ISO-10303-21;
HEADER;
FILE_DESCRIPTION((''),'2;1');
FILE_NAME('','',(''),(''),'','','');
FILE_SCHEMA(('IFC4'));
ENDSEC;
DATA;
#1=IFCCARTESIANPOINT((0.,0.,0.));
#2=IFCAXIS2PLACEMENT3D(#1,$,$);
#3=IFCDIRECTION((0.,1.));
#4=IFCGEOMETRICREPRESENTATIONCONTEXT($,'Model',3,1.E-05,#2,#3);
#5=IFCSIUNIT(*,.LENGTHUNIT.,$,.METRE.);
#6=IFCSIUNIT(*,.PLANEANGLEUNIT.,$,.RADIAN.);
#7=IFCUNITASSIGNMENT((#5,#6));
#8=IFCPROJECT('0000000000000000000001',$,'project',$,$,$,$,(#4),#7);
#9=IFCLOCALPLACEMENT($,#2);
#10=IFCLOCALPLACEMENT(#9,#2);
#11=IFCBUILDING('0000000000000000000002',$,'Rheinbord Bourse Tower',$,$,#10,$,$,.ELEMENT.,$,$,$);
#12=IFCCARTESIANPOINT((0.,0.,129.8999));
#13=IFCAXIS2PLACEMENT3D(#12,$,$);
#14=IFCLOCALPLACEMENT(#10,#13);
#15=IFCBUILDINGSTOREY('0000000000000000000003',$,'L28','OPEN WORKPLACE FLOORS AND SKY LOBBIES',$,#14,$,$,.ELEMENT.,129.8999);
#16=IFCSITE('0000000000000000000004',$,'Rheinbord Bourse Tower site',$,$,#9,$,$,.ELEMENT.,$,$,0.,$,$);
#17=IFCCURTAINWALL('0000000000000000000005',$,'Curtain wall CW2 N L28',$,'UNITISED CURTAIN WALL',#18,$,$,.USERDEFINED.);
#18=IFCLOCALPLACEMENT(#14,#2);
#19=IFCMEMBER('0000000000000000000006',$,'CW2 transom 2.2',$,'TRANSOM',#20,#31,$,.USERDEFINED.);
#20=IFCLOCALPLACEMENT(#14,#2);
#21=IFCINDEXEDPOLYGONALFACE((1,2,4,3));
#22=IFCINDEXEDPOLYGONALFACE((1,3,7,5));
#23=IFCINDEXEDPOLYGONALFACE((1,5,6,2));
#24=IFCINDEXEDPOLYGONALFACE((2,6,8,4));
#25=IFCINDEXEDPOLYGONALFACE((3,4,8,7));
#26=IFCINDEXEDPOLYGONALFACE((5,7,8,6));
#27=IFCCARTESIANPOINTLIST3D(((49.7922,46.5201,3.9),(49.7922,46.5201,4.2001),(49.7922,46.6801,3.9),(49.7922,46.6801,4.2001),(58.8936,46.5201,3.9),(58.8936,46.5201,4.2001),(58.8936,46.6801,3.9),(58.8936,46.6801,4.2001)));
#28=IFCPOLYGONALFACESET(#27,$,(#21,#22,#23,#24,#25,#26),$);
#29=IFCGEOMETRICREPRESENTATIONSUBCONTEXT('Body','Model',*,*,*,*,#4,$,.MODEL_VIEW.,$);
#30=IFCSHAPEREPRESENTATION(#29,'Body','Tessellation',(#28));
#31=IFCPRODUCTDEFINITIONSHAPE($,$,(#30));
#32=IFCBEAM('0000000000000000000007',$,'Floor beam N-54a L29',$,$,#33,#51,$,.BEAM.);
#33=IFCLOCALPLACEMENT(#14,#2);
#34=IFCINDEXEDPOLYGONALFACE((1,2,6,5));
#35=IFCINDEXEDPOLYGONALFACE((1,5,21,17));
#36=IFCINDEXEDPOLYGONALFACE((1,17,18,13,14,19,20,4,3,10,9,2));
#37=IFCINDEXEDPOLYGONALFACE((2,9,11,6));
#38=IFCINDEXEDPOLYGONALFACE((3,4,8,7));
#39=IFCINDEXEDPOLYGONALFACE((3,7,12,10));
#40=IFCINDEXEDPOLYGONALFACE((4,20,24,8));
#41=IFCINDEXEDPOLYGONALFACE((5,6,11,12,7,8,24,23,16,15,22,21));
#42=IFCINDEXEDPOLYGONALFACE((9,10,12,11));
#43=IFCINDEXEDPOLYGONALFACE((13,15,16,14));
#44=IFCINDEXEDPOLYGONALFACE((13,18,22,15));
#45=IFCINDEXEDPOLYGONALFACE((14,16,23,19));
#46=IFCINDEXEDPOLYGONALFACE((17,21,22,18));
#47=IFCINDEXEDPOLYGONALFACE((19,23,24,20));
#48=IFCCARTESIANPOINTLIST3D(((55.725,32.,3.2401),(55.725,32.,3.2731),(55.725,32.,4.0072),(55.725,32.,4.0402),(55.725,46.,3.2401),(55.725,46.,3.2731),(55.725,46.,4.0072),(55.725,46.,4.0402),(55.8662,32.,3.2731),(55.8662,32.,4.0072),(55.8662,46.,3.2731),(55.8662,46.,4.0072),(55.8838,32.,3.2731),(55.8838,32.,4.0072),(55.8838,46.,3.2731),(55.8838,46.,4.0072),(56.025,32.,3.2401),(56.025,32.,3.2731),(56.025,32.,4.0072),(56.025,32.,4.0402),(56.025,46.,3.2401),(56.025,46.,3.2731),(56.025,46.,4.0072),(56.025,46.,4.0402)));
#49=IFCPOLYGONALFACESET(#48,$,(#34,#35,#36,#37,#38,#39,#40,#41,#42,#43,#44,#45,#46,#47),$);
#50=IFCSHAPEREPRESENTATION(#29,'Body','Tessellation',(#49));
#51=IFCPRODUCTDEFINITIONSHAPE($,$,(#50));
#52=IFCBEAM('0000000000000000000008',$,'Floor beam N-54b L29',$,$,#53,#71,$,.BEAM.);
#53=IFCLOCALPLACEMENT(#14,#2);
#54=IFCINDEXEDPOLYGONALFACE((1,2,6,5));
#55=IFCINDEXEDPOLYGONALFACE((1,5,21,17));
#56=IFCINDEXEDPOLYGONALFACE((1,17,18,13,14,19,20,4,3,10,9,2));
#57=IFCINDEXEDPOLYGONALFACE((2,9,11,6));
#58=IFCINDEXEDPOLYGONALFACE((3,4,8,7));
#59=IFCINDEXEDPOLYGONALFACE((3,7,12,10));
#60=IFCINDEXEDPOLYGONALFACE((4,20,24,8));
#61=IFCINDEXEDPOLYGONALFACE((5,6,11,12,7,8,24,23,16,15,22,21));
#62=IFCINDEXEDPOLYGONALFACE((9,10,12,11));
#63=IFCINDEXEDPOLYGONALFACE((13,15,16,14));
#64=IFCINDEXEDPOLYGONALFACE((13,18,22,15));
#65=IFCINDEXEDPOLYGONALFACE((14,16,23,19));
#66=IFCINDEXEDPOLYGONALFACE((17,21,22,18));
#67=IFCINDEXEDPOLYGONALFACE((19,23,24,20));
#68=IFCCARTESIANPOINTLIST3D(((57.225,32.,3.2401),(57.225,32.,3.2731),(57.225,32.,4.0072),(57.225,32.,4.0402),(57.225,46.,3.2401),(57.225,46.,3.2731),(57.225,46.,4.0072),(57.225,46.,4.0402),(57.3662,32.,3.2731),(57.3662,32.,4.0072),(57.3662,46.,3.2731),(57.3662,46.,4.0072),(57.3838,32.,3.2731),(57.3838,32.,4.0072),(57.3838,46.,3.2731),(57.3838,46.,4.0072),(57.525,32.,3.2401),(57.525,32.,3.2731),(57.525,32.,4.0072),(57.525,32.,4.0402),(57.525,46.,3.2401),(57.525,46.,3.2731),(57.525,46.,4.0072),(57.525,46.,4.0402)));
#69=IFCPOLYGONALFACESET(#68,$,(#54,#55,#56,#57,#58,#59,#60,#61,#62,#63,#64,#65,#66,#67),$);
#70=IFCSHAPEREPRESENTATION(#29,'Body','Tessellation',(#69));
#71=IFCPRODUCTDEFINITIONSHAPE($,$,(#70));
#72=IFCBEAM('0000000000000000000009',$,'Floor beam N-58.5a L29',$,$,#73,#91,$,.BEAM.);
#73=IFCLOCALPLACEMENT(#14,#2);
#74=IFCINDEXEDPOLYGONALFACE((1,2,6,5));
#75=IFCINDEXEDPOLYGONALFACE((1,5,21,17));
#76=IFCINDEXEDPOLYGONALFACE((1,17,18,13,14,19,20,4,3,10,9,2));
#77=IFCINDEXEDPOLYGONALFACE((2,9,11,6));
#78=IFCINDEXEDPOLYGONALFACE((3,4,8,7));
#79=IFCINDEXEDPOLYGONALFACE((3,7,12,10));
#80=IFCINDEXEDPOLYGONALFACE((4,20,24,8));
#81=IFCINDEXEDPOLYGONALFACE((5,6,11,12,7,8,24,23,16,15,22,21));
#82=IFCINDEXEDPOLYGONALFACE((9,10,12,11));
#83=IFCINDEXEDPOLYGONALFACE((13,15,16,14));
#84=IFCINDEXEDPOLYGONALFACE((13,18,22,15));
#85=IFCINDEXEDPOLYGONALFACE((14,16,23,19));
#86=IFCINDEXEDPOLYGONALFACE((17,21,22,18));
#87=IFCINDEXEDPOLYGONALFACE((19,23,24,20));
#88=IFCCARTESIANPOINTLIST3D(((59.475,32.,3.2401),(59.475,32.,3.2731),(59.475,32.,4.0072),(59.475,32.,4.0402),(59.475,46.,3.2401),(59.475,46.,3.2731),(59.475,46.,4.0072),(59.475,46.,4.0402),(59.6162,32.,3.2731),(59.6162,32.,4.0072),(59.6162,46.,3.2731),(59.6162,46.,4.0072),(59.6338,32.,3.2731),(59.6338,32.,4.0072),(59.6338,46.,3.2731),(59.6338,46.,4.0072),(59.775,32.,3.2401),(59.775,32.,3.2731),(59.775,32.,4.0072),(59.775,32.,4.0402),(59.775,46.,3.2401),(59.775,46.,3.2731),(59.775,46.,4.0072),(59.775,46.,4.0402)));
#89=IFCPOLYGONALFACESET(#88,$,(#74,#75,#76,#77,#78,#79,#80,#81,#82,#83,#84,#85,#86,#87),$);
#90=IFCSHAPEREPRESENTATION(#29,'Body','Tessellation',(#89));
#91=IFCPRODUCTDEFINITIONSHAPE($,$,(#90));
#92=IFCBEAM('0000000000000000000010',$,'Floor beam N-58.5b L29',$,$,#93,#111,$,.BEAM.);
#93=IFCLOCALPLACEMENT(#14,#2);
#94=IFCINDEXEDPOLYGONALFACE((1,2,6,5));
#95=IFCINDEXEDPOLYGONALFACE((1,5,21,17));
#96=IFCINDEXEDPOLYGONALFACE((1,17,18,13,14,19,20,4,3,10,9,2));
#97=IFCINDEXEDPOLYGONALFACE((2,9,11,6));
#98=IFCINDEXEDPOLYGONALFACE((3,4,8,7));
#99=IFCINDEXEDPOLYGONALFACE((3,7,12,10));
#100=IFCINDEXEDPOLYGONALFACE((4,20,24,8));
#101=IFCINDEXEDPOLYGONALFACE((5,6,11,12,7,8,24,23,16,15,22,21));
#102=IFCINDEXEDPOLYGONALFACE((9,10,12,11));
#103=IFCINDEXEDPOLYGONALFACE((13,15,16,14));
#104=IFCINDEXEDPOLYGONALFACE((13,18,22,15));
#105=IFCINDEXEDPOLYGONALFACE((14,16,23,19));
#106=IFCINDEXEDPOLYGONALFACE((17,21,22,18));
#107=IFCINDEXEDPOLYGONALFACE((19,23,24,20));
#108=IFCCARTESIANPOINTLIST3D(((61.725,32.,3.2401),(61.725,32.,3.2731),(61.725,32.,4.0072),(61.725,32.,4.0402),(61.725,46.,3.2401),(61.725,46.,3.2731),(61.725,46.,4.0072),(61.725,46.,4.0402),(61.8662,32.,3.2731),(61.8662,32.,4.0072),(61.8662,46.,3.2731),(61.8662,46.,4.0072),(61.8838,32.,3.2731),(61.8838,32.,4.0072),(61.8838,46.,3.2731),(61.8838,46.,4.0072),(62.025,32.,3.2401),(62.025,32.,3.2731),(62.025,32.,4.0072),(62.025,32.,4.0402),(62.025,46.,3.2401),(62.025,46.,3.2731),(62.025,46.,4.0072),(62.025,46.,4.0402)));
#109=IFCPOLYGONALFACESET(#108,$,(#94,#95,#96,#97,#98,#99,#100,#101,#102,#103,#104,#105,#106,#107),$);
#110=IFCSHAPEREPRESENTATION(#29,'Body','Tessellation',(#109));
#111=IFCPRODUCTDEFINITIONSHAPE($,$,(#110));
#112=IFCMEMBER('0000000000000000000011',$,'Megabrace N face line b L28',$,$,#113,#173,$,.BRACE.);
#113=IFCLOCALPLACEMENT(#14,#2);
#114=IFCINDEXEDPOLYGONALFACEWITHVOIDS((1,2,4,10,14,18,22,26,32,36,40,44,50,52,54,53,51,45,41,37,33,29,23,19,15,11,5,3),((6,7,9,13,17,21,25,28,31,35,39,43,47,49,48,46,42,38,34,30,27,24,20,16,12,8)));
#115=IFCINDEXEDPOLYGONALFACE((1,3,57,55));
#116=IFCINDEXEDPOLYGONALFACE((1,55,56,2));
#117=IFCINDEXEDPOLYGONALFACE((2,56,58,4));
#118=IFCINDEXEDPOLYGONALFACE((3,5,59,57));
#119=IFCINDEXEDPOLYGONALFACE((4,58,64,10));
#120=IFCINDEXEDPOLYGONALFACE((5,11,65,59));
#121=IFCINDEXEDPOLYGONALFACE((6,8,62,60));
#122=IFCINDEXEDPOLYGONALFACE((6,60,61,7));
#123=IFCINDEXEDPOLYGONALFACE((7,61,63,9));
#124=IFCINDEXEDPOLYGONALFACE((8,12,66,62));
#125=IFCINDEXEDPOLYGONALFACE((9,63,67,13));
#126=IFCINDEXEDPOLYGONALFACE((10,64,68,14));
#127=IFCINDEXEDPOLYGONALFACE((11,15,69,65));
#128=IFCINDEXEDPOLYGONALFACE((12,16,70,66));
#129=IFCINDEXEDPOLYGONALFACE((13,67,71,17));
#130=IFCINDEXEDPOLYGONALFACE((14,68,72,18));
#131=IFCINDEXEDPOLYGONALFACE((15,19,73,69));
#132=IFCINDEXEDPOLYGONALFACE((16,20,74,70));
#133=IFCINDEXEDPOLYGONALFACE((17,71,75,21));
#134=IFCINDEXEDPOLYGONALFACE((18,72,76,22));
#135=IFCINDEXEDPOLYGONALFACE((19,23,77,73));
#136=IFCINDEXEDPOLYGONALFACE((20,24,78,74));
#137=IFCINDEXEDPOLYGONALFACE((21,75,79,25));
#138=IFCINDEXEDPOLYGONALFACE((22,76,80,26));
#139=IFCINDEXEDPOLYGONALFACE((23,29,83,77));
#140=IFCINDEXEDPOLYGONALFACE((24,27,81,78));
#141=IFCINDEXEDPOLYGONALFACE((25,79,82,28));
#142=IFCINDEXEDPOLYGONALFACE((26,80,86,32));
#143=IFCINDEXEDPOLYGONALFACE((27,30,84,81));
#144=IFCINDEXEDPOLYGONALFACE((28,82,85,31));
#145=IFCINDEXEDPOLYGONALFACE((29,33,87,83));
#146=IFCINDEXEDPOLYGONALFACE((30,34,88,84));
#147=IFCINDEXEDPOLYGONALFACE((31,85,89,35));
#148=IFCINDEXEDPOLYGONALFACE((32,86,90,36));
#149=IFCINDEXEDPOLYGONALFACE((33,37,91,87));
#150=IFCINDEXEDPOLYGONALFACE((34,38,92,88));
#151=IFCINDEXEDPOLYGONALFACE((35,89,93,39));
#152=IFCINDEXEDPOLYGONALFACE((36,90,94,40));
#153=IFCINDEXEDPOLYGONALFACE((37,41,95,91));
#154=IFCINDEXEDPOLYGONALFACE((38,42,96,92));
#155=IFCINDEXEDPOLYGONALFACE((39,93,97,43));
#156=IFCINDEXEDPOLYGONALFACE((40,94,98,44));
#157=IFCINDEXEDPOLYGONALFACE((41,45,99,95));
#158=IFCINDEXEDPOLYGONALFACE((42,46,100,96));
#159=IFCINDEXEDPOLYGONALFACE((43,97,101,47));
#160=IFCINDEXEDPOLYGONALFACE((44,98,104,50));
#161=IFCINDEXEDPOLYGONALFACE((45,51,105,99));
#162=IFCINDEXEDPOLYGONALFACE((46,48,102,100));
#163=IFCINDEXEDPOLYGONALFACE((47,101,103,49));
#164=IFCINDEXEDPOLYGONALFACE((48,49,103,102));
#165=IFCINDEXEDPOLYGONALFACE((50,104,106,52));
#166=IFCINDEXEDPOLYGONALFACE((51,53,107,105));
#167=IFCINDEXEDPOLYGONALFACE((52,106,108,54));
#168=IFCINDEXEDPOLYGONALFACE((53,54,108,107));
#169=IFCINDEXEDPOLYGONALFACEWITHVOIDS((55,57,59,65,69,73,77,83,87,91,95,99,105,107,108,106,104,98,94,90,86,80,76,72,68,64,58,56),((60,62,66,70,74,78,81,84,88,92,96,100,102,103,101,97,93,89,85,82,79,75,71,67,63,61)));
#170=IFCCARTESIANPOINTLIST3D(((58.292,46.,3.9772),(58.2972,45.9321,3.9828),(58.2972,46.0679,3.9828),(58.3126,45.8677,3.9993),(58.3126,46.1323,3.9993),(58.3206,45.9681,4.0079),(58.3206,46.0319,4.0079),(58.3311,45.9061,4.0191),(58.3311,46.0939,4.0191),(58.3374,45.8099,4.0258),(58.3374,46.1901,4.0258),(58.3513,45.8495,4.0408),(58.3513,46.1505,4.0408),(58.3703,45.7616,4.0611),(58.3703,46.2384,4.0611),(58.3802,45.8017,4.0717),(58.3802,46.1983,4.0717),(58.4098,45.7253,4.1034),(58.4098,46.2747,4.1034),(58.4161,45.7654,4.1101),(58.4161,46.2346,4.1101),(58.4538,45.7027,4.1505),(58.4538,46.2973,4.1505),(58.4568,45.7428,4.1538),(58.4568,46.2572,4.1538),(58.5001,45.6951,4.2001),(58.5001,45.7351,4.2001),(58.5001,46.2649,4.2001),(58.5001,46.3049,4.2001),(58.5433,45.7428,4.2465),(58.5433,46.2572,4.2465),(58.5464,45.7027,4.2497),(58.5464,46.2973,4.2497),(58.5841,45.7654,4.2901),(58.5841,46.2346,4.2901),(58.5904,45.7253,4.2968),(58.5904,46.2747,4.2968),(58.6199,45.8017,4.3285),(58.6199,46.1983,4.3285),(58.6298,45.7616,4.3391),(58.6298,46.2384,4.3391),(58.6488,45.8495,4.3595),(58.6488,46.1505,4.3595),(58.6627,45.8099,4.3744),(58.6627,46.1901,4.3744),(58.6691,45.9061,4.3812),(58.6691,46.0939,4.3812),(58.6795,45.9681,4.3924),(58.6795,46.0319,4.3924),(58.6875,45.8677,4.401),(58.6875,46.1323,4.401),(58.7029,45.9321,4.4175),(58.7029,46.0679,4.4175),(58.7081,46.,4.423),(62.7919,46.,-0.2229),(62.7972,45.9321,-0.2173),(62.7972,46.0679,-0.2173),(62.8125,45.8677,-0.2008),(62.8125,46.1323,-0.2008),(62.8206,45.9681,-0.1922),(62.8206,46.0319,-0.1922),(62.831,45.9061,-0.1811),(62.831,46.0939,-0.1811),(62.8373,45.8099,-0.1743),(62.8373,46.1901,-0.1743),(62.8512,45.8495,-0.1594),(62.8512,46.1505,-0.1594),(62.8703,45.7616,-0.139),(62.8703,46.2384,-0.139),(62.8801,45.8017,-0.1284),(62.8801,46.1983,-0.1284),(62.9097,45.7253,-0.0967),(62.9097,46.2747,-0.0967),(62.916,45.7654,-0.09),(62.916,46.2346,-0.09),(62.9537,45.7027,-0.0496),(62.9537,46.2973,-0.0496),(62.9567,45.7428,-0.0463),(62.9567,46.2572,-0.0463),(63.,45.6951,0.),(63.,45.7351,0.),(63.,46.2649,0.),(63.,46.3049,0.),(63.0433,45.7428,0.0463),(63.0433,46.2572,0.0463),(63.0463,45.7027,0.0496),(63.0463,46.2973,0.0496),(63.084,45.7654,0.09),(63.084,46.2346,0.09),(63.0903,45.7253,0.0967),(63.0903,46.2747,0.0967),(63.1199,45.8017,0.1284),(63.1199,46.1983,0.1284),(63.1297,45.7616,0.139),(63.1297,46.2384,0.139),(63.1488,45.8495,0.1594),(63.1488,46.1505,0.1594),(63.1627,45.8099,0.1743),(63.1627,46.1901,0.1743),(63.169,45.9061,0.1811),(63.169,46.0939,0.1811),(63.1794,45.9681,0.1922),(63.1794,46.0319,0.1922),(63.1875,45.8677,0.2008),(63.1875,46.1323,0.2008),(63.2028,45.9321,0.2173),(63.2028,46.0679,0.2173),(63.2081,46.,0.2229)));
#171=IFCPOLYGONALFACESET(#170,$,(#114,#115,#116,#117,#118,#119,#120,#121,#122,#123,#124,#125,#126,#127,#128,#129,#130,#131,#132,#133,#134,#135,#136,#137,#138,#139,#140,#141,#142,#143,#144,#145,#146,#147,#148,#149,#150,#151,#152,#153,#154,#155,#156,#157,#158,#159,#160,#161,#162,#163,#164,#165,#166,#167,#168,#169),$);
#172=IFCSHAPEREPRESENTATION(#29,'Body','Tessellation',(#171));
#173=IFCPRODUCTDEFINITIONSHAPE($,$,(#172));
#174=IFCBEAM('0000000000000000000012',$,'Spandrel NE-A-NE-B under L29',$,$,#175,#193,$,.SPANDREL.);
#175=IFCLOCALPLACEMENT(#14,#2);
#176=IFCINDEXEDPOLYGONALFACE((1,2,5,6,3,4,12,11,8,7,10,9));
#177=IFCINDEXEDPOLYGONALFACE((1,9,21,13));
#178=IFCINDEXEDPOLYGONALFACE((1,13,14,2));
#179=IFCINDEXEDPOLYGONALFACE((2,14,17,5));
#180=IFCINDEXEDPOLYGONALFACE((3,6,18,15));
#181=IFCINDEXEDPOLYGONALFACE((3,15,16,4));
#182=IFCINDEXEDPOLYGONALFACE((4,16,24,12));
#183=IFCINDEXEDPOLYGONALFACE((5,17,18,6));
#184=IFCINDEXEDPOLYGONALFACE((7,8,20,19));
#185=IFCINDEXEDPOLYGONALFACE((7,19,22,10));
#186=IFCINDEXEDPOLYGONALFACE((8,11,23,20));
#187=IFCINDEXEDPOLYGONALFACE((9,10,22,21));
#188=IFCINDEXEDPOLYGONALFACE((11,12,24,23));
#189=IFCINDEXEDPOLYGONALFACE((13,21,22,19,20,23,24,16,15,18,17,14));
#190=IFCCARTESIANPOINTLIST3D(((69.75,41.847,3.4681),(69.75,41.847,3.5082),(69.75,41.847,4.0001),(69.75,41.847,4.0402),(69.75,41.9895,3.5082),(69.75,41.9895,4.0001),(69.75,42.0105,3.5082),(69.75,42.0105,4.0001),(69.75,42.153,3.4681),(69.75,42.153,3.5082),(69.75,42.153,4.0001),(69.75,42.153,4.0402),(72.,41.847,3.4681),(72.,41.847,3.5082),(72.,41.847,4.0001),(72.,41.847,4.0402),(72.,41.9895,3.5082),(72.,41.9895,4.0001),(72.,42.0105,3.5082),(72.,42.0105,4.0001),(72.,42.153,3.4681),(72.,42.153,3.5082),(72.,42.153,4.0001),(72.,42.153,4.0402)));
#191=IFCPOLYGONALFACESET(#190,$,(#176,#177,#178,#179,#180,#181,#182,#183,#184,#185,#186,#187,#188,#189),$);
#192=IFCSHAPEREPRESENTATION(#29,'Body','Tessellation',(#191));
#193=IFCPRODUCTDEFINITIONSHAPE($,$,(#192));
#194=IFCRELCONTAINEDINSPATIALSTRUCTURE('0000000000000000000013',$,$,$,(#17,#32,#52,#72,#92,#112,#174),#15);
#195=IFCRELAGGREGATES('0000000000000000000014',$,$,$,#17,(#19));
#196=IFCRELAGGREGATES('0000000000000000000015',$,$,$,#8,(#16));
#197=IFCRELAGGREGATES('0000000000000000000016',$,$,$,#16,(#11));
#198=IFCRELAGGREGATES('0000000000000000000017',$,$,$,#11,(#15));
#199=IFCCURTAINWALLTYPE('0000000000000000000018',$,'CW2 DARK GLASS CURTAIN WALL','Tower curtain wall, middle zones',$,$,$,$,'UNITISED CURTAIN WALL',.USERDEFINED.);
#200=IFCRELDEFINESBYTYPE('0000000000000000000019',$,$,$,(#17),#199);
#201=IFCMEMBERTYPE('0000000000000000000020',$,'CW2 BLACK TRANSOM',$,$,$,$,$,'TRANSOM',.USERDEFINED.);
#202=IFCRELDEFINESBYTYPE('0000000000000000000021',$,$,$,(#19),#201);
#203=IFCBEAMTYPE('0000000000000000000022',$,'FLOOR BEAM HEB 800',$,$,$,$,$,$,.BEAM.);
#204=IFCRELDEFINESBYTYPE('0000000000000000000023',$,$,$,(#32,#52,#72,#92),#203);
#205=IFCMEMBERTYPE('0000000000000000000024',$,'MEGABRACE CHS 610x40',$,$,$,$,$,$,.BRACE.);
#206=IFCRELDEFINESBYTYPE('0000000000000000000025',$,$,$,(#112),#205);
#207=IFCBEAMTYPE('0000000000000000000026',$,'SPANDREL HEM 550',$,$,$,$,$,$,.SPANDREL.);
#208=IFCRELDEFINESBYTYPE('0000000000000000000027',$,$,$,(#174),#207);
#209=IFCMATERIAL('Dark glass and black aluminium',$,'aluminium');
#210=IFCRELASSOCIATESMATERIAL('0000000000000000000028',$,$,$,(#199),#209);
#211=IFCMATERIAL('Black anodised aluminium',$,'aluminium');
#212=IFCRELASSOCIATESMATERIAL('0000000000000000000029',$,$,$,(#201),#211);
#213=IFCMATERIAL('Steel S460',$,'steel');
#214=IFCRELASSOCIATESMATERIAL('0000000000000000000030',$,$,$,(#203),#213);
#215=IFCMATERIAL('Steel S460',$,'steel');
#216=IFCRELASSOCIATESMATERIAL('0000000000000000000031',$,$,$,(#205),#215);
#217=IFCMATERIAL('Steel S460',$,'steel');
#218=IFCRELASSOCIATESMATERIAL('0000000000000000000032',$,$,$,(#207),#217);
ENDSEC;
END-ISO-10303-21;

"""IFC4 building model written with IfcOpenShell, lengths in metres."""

from ifc_helpers import new_model, si_unit, direction, frame, origin, origin_2d, place, context, subcontext, project, spatial, rectangle, hollow_circle, i_section, extrude, material, material_profile, profile_set, type_object, element, aggregate, save


model = new_model("IFC4")

# Units and contexts
model_context = context("Model", 3, precision=1e-05, world=origin(), true_north=direction((0.0, 1.0)))
body_context = subcontext(model_context, "Body", "Model", "MODEL_VIEW")
ifc_project = project(units=[si_unit("LENGTHUNIT", "METRE"), si_unit("PLANEANGLEUNIT", "RADIAN")], contexts=[model_context])

# Site, building, storey
site_placement = place(None, origin())
site = spatial("IfcSite", under=ifc_project, at=site_placement, Name="Rheinbord Bourse Tower site", CompositionType="ELEMENT", RefElevation=0.0)
building_placement = place(site_placement, origin())
building = spatial("IfcBuilding", under=site, at=building_placement, Name="Rheinbord Bourse Tower", CompositionType="ELEMENT")
storey_placement = place(building_placement, frame((0.0, 0.0, 129.8999)))
storey = spatial("IfcBuildingStorey", under=building, at=storey_placement, Name="L28", Description="OPEN WORKPLACE FLOORS AND SKY LOBBIES", CompositionType="ELEMENT", Elevation=129.8999)

# Curtain wall
ifc_material_1 = material(Name="Dark glass and black aluminium", Category="aluminium")
curtain_wall_type = type_object("IfcCurtainWallType", Name="CW2 DARK GLASS CURTAIN WALL", Description="Tower curtain wall, middle zones", ElementType="UNITISED CURTAIN WALL", PredefinedType="USERDEFINED", material=ifc_material_1)
curtain_wall_1_placement = place(storey_placement, origin())
curtain_wall_1 = element("IfcCurtainWall", 1, at=curtain_wall_1_placement, inside=storey, type_object=curtain_wall_type, Name="Curtain wall CW2 N L28", ObjectType="UNITISED CURTAIN WALL", PredefinedType="USERDEFINED")

# Member
ifc_material_2 = material(Name="Black anodised aluminium", Category="aluminium")
ifc_material_profile_1 = material_profile(ifc_material_2, rectangle(XDim=0.1599, YDim=0.3, at=origin_2d()), Name="CW2 TRANSOM 300x160")
ifc_profile_set_1 = profile_set([ifc_material_profile_1], Name="Black anodised aluminium")
member_type_1 = type_object("IfcMemberType", Name="CW2 BLACK TRANSOM", ElementType="TRANSOM", PredefinedType="USERDEFINED", material=ifc_profile_set_1)
member_1_placement = place(storey_placement, frame((58.8936, 46.6001, 4.05), z_axis=(-1.0, 0.0, 0.0), x_axis=(0.0, -1.0, 0.0)))
member_1 = element("IfcMember", 2, at=member_1_placement, type_object=member_type_1, Name="CW2 transom 2.2", ObjectType="TRANSOM", PredefinedType="USERDEFINED", context=body_context, shape_type="SweptSolid", body=[
    extrude(rectangle(XDim=0.1599, YDim=0.3, at=origin_2d()), origin(), (0.0, 0.0, 1.0), 9.1013),
])

# Beams
ifc_material_3 = material(Name="Steel S460", Category="steel")
ifc_material_profile_2 = material_profile(ifc_material_3, i_section(OverallWidth=0.3, OverallDepth=0.8, WebThickness=0.0176, FlangeThickness=0.033, at=origin_2d()), Name="HEB 800")
ifc_profile_set_2 = profile_set([ifc_material_profile_2], Name="Steel S460")
beam_type_1 = type_object("IfcBeamType", Name="FLOOR BEAM HEB 800", PredefinedType="BEAM", material=ifc_profile_set_2)
for number, where, z_axis, x_axis, name in (
    (3, (55.875, 46.0, 3.6401), (0.0, -1.0, 0.0), (1.0, 0.0, 0.0), "Floor beam N-54a L29"),
    (4, (57.375, 46.0, 3.6401), (0.0, -1.0, 0.0), (1.0, 0.0, 0.0), "Floor beam N-54b L29"),
    (5, (59.625, 46.0, 3.6401), (0.0, -1.0, 0.0), (1.0, 0.0, 0.0), "Floor beam N-58.5a L29"),
    (6, (61.875, 46.0, 3.6401), (0.0, -1.0, 0.0), (1.0, 0.0, 0.0), "Floor beam N-58.5b L29"),
):
    element("IfcBeam", number, at=place(storey_placement, frame(where, z_axis=z_axis, x_axis=x_axis)), inside=storey, type_object=beam_type_1, Name=name, PredefinedType="BEAM", context=body_context, shape_type="SweptSolid", body=[
        extrude(i_section(OverallWidth=0.3, OverallDepth=0.8, WebThickness=0.0176, FlangeThickness=0.033, at=origin_2d()), origin(), (0.0, 0.0, 1.0), 14.0),
    ])

# Member
ifc_material_4 = material(Name="Steel S460", Category="steel")
ifc_material_profile_3 = material_profile(ifc_material_4, hollow_circle(Radius=0.3049, WallThickness=0.04, at=origin_2d()), Name="CHS 610x40")
ifc_profile_set_3 = profile_set([ifc_material_profile_3], Name="Steel S460")
member_type_2 = type_object("IfcMemberType", Name="MEGABRACE CHS 610x40", PredefinedType="BRACE", material=ifc_profile_set_3)
member_2_placement = place(storey_placement, frame((63.0, 46.0, 0.0), z_axis=(-0.731039, 0.0, 0.682335), x_axis=(0.0, -1.0, 0.0)))
element("IfcMember", 7, at=member_2_placement, inside=storey, type_object=member_type_2, Name="Megabrace N face line b L28", PredefinedType="BRACE", context=body_context, shape_type="SweptSolid", body=[
    extrude(hollow_circle(Radius=0.3049, WallThickness=0.04, at=origin_2d()), origin(), (0.0, 0.0, 1.0), 6.1555),
])

# Beam
ifc_material_5 = material(Name="Steel S460", Category="steel")
ifc_material_profile_4 = material_profile(ifc_material_5, i_section(OverallWidth=0.3059, OverallDepth=0.572, WebThickness=0.021, FlangeThickness=0.04, at=origin_2d()), Name="HEM 550")
ifc_profile_set_4 = profile_set([ifc_material_profile_4], Name="Steel S460")
beam_type_2 = type_object("IfcBeamType", Name="SPANDREL HEM 550", PredefinedType="SPANDREL", material=ifc_profile_set_4)
beam_1_placement = place(storey_placement, frame((72.0, 42.0, 3.7542), z_axis=(-1.0, 0.0, 0.0), x_axis=(0.0, -1.0, 0.0)))
element("IfcBeam", 8, at=beam_1_placement, inside=storey, type_object=beam_type_2, Name="Spandrel NE-A-NE-B under L29", PredefinedType="SPANDREL", context=body_context, shape_type="SweptSolid", body=[
    extrude(i_section(OverallWidth=0.3059, OverallDepth=0.572, WebThickness=0.021, FlangeThickness=0.04, at=origin_2d()), origin(), (0.0, 0.0, 1.0), 2.25),
])

aggregate(curtain_wall_1, [member_1])

save(model, "model.ifc")
